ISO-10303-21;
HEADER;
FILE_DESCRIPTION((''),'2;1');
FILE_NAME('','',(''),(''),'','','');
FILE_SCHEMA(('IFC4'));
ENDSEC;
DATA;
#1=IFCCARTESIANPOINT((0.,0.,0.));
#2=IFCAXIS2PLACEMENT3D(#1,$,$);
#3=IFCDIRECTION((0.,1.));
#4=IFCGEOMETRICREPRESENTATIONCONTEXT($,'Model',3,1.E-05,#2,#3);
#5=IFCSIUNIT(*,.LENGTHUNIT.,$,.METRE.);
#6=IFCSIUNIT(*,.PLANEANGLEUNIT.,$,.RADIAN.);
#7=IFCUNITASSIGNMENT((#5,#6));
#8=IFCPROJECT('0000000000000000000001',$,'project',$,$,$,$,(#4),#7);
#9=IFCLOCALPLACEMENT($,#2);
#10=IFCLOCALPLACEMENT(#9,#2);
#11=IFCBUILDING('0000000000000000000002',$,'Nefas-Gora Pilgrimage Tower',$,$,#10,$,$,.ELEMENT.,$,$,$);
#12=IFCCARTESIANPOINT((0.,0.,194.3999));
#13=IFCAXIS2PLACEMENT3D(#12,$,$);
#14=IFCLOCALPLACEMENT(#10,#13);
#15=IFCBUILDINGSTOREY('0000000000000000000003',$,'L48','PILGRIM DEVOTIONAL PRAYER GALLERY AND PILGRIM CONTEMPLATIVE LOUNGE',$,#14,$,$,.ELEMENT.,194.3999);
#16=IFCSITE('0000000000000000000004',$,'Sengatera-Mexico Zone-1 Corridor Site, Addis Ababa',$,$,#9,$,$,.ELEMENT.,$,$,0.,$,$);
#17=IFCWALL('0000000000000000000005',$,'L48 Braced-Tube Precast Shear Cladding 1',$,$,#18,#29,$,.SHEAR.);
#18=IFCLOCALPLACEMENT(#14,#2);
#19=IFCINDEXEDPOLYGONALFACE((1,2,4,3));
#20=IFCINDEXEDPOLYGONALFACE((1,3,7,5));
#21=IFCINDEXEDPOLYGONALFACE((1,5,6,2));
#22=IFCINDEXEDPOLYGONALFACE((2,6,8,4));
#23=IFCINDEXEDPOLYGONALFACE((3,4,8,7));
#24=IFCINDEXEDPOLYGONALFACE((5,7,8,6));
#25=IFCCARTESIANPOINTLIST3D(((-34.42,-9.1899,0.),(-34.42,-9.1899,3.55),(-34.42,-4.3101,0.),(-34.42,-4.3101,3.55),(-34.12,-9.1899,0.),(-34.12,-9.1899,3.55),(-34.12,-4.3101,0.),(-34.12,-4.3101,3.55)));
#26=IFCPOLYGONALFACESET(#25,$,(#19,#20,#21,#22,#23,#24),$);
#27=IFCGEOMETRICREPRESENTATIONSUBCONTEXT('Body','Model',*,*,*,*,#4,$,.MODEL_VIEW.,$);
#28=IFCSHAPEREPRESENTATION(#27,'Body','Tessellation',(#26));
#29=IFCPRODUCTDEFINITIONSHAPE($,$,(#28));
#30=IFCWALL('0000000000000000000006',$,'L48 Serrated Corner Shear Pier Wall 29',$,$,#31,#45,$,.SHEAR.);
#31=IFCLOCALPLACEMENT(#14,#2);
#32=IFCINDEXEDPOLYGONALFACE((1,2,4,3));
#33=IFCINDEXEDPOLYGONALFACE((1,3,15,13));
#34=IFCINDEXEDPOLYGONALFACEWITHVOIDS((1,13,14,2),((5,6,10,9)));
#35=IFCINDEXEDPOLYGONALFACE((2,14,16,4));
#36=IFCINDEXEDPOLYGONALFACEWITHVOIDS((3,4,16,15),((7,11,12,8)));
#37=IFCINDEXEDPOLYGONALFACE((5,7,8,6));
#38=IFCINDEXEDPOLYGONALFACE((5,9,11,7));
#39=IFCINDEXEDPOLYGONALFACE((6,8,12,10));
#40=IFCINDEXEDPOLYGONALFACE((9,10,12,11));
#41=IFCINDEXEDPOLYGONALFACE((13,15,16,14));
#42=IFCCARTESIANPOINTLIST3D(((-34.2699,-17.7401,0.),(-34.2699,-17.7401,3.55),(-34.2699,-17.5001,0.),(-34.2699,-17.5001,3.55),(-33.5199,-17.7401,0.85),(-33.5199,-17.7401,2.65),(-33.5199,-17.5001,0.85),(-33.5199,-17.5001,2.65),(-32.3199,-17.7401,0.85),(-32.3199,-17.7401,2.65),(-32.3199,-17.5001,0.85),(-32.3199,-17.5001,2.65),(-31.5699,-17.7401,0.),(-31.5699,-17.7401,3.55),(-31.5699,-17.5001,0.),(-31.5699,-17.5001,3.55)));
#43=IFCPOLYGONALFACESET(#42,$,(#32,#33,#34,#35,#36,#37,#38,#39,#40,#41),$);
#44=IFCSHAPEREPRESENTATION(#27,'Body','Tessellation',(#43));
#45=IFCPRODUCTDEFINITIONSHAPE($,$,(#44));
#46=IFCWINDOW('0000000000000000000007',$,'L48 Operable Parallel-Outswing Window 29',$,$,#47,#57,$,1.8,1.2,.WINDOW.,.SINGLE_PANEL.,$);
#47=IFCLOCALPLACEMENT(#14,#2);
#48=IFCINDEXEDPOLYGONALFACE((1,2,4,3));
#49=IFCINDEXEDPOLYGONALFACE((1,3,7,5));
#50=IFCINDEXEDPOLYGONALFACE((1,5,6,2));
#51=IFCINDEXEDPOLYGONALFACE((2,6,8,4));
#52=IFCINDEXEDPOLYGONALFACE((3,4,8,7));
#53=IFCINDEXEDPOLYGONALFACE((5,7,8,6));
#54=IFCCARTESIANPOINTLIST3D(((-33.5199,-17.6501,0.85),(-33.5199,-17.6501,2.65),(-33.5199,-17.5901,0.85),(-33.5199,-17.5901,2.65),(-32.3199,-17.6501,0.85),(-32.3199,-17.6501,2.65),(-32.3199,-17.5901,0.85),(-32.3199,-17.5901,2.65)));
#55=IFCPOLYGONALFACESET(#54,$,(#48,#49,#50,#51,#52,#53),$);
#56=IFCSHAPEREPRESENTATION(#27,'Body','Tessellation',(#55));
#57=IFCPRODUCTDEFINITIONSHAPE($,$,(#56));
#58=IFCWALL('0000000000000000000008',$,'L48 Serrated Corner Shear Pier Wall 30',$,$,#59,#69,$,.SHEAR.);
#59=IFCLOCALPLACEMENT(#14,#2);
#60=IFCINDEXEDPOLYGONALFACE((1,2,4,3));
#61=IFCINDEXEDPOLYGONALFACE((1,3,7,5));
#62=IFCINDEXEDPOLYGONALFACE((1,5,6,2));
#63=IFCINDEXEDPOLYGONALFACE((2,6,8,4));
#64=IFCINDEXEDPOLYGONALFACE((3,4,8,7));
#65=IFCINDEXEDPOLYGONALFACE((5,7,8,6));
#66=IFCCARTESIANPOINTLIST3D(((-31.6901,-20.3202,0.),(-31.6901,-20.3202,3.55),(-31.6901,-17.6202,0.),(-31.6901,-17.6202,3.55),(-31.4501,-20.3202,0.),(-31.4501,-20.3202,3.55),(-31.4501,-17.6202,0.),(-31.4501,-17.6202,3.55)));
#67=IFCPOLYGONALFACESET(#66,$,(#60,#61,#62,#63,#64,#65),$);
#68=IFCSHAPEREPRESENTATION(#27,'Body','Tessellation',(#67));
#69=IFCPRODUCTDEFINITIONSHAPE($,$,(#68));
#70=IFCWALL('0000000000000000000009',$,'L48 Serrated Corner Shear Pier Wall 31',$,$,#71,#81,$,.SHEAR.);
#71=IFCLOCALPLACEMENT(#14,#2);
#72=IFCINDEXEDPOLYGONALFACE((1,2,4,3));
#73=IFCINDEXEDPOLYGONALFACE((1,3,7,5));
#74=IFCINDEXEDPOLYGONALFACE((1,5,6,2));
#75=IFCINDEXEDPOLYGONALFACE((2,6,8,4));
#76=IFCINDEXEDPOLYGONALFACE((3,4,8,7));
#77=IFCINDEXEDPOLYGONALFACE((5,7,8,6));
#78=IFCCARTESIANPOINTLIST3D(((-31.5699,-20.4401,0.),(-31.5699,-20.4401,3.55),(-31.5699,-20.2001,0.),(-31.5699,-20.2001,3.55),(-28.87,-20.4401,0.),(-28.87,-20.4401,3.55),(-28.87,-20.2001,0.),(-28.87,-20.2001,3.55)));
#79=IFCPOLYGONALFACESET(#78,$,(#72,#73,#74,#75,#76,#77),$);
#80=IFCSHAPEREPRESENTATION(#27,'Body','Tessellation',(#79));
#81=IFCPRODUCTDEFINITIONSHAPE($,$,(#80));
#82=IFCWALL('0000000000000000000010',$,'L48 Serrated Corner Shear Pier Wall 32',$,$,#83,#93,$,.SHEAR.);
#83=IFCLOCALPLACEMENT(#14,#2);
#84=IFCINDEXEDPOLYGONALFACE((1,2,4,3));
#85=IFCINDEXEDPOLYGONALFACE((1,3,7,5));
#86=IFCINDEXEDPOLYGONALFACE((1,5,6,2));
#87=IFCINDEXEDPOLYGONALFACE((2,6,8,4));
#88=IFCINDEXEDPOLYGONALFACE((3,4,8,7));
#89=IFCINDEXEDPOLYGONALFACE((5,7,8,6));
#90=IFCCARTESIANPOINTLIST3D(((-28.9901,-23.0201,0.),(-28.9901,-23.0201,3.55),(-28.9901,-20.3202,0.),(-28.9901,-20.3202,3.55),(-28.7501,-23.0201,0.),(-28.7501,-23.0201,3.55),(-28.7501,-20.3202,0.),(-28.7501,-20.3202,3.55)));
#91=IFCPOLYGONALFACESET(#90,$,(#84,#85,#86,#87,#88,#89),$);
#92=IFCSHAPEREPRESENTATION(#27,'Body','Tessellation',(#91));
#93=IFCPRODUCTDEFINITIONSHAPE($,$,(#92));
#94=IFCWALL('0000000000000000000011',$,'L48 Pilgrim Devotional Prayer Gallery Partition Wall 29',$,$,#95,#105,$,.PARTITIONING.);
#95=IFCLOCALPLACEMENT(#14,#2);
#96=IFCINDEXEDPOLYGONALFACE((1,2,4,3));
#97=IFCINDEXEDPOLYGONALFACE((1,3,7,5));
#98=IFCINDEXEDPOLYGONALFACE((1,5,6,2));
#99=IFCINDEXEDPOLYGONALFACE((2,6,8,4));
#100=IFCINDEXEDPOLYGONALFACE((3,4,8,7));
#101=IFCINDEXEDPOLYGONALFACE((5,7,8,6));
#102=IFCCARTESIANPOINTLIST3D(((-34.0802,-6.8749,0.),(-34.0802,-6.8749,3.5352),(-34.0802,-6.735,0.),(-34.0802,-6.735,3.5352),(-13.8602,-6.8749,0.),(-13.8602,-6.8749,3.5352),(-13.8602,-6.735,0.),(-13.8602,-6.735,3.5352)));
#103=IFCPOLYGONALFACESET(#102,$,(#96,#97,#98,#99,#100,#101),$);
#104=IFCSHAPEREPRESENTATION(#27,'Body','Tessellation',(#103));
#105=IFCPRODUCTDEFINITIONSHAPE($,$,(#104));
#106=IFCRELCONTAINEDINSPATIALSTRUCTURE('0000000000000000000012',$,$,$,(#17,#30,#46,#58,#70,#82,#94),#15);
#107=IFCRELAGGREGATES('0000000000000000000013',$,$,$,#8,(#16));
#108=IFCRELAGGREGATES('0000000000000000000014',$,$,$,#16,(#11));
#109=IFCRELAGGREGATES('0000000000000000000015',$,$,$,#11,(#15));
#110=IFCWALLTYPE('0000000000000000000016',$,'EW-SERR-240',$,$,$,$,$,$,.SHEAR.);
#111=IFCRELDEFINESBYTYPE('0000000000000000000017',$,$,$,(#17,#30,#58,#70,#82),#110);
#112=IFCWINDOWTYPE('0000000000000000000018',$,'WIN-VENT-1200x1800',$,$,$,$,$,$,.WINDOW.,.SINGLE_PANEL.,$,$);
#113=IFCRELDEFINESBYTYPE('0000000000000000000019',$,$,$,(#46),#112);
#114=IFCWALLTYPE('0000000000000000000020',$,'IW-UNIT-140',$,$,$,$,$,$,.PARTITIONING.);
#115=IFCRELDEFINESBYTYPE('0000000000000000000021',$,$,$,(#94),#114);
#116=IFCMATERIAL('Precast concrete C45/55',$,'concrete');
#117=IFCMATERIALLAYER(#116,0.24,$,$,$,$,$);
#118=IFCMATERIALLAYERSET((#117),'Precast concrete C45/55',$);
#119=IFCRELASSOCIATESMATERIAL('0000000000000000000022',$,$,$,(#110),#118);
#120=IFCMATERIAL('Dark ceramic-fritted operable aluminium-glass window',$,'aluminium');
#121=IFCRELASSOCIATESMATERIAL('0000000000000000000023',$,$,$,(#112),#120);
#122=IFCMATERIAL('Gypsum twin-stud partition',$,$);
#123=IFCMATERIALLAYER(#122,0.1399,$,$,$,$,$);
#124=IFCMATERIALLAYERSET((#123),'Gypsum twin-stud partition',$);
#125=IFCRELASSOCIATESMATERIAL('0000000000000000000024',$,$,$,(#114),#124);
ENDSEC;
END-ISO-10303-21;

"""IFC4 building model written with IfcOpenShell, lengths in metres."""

from ifc_helpers import new_model, si_unit, direction, frame, frame_2d, origin, place, context, subcontext, project, spatial, rectangle, extrude, source, transform, mapped, material, layer, layer_set, type_object, element, fill, save


model = new_model("IFC4")

# Units and contexts
model_context = context("Model", 3, precision=1e-05, world=origin(), true_north=direction((0.0, 1.0)))
body_context = subcontext(model_context, "Body", "Model", "MODEL_VIEW")
ifc_project = project(units=[si_unit("LENGTHUNIT", "METRE"), si_unit("PLANEANGLEUNIT", "RADIAN")], contexts=[model_context])

# Site, building, storey
site_placement = place(None, origin())
site = spatial("IfcSite", under=ifc_project, at=site_placement, Name="Sengatera-Mexico Zone-1 Corridor Site, Addis Ababa", CompositionType="ELEMENT", RefElevation=0.0)
building_placement = place(site_placement, origin())
building = spatial("IfcBuilding", under=site, at=building_placement, Name="Nefas-Gora Pilgrimage Tower", CompositionType="ELEMENT")
storey_placement = place(building_placement, frame((0.0, 0.0, 194.3999)))
storey = spatial("IfcBuildingStorey", under=building, at=storey_placement, Name="L48", Description="PILGRIM DEVOTIONAL PRAYER GALLERY AND PILGRIM CONTEMPLATIVE LOUNGE", CompositionType="ELEMENT", Elevation=194.3999)

# Wall
ifc_material_1 = material(Name="Precast concrete C45/55", Category="concrete")
ifc_layer_1 = layer(ifc_material_1, 0.24)
ifc_layer_set_1 = layer_set([ifc_layer_1], Name="Precast concrete C45/55")
wall_type_1 = type_object("IfcWallType", Name="EW-SERR-240", PredefinedType="SHEAR", material=ifc_layer_set_1)
shared_shape_1 = source(origin(), body_context, "Body", "SweptSolid", [
    extrude(rectangle(XDim=4.8799, YDim=0.3, at=frame_2d((2.4399, 0.0))), origin(), (0.0, 0.0, 1.0), 3.55),
])
wall_1_placement = place(storey_placement, frame((-34.27, -9.1899, 0.0), z_axis=(0.0, 0.0, 1.0), x_axis=(0.0, 1.0, 0.0)))
element("IfcWall", 1, at=wall_1_placement, inside=storey, type_object=wall_type_1, Name="L48 Braced-Tube Precast Shear Cladding 1", PredefinedType="SHEAR", context=body_context, shape_type="MappedRepresentation", body=[
    mapped(shared_shape_1, transform((0.0, 0.0, 0.0), x_axis=(1.0, 0.0, 0.0), y_axis=(0.0, 1.0, 0.0), z_axis=(0.0, 0.0, 1.0), scale=1.0)),
])

# Wall, opening, window
shared_shape_2 = source(origin(), body_context, "Body", "SweptSolid", [
    extrude(rectangle(XDim=2.7, YDim=0.24, at=frame_2d((1.3501, 0.0))), origin(), (0.0, 0.0, 1.0), 3.55),
])
wall_2_placement = place(storey_placement, frame((-34.27, -17.6201, 0.0), z_axis=(0.0, 0.0, 1.0), x_axis=(1.0, 0.0, 0.0)))
wall_2 = element("IfcWall", 2, at=wall_2_placement, inside=storey, type_object=wall_type_1, Name="L48 Serrated Corner Shear Pier Wall 29", PredefinedType="SHEAR", context=body_context, shape_type="MappedRepresentation", body=[
    mapped(shared_shape_2, transform((0.0, 0.0, 0.0), x_axis=(1.0, 0.0, 0.0), y_axis=(0.0, 1.0, 0.0), z_axis=(0.0, 0.0, 1.0), scale=1.0)),
])
opening_placement = place(wall_2_placement, frame((0.75, 0.0, 0.8501)))
opening = element("IfcOpeningElement", 3, at=opening_placement, cuts=wall_2, PredefinedType="OPENING", context=body_context, shape_type="SweptSolid", body=[
    extrude(rectangle(XDim=1.2, YDim=1.8, at=frame_2d((0.6001, 0.8999))), frame((0.0, 0.1299, 0.0), z_axis=(0.0, -1.0, 0.0), x_axis=(1.0, 0.0, 0.0)), (0.0, 0.0, 1.0), 0.26),
])
ifc_material_2 = material(Name="Dark ceramic-fritted operable aluminium-glass window", Category="aluminium")
window_type = type_object("IfcWindowType", Name="WIN-VENT-1200x1800", PartitioningType="SINGLE_PANEL", PredefinedType="WINDOW", material=ifc_material_2)
shared_shape_3 = source(origin(), body_context, "Body", "SweptSolid", [
    extrude(rectangle(XDim=1.2, YDim=1.8, at=frame_2d((0.6001, 0.8999))), frame((0.0, 0.03, 0.0), z_axis=(0.0, -1.0, 0.0), x_axis=(1.0, 0.0, 0.0)), (0.0, 0.0, 1.0), 0.0601),
])
window_placement = place(opening_placement, origin())
window = element("IfcWindow", 4, at=window_placement, inside=storey, type_object=window_type, Name="L48 Operable Parallel-Outswing Window 29", OverallHeight=1.8, OverallWidth=1.2, PartitioningType="SINGLE_PANEL", PredefinedType="WINDOW", context=body_context, shape_type="MappedRepresentation", body=[
    mapped(shared_shape_3, transform((0.0, 0.0, 0.0), x_axis=(1.0, 0.0, 0.0), y_axis=(0.0, 1.0, 0.0), z_axis=(0.0, 0.0, 1.0), scale=1.0)),
])
fill(opening, window)

# Walls
for number, where, z_axis, x_axis, name in (
    (5, (-31.5701, -17.6201, 0.0), (0.0, 0.0, 1.0), (0.0, -1.0, 0.0), "L48 Serrated Corner Shear Pier Wall 30"),
    (6, (-31.5701, -20.3201, 0.0), (0.0, 0.0, 1.0), (1.0, 0.0, 0.0), "L48 Serrated Corner Shear Pier Wall 31"),
    (7, (-28.8701, -20.3201, 0.0), (0.0, 0.0, 1.0), (0.0, -1.0, 0.0), "L48 Serrated Corner Shear Pier Wall 32"),
):
    element("IfcWall", number, at=place(storey_placement, frame(where, z_axis=z_axis, x_axis=x_axis)), inside=storey, type_object=wall_type_1, Name=name, PredefinedType="SHEAR", context=body_context, shape_type="MappedRepresentation", body=[
        mapped(shared_shape_2, transform((0.0, 0.0, 0.0), x_axis=(1.0, 0.0, 0.0), y_axis=(0.0, 1.0, 0.0), z_axis=(0.0, 0.0, 1.0), scale=1.0)),
    ])
ifc_material_3 = material(Name="Gypsum twin-stud partition")
ifc_layer_2 = layer(ifc_material_3, 0.1399)
ifc_layer_set_2 = layer_set([ifc_layer_2], Name="Gypsum twin-stud partition")
wall_type_2 = type_object("IfcWallType", Name="IW-UNIT-140", PredefinedType="PARTITIONING", material=ifc_layer_set_2)
shared_shape_4 = source(origin(), body_context, "Body", "SweptSolid", [
    extrude(rectangle(XDim=20.22, YDim=0.1399, at=frame_2d((10.1099, 0.0))), origin(), (0.0, 0.0, 1.0), 3.5352),
])
wall_3_placement = place(storey_placement, frame((-34.0801, -6.8049, 0.0), z_axis=(0.0, 0.0, 1.0), x_axis=(1.0, 0.0, 0.0)))
element("IfcWall", 8, at=wall_3_placement, inside=storey, type_object=wall_type_2, Name="L48 Pilgrim Devotional Prayer Gallery Partition Wall 29", PredefinedType="PARTITIONING", context=body_context, shape_type="MappedRepresentation", body=[
    mapped(shared_shape_4, transform((0.0, 0.0, 0.0), x_axis=(1.0, 0.0, 0.0), y_axis=(0.0, 1.0, 0.0), z_axis=(0.0, 0.0, 1.0), scale=1.0)),
])

save(model, "model.ifc")
